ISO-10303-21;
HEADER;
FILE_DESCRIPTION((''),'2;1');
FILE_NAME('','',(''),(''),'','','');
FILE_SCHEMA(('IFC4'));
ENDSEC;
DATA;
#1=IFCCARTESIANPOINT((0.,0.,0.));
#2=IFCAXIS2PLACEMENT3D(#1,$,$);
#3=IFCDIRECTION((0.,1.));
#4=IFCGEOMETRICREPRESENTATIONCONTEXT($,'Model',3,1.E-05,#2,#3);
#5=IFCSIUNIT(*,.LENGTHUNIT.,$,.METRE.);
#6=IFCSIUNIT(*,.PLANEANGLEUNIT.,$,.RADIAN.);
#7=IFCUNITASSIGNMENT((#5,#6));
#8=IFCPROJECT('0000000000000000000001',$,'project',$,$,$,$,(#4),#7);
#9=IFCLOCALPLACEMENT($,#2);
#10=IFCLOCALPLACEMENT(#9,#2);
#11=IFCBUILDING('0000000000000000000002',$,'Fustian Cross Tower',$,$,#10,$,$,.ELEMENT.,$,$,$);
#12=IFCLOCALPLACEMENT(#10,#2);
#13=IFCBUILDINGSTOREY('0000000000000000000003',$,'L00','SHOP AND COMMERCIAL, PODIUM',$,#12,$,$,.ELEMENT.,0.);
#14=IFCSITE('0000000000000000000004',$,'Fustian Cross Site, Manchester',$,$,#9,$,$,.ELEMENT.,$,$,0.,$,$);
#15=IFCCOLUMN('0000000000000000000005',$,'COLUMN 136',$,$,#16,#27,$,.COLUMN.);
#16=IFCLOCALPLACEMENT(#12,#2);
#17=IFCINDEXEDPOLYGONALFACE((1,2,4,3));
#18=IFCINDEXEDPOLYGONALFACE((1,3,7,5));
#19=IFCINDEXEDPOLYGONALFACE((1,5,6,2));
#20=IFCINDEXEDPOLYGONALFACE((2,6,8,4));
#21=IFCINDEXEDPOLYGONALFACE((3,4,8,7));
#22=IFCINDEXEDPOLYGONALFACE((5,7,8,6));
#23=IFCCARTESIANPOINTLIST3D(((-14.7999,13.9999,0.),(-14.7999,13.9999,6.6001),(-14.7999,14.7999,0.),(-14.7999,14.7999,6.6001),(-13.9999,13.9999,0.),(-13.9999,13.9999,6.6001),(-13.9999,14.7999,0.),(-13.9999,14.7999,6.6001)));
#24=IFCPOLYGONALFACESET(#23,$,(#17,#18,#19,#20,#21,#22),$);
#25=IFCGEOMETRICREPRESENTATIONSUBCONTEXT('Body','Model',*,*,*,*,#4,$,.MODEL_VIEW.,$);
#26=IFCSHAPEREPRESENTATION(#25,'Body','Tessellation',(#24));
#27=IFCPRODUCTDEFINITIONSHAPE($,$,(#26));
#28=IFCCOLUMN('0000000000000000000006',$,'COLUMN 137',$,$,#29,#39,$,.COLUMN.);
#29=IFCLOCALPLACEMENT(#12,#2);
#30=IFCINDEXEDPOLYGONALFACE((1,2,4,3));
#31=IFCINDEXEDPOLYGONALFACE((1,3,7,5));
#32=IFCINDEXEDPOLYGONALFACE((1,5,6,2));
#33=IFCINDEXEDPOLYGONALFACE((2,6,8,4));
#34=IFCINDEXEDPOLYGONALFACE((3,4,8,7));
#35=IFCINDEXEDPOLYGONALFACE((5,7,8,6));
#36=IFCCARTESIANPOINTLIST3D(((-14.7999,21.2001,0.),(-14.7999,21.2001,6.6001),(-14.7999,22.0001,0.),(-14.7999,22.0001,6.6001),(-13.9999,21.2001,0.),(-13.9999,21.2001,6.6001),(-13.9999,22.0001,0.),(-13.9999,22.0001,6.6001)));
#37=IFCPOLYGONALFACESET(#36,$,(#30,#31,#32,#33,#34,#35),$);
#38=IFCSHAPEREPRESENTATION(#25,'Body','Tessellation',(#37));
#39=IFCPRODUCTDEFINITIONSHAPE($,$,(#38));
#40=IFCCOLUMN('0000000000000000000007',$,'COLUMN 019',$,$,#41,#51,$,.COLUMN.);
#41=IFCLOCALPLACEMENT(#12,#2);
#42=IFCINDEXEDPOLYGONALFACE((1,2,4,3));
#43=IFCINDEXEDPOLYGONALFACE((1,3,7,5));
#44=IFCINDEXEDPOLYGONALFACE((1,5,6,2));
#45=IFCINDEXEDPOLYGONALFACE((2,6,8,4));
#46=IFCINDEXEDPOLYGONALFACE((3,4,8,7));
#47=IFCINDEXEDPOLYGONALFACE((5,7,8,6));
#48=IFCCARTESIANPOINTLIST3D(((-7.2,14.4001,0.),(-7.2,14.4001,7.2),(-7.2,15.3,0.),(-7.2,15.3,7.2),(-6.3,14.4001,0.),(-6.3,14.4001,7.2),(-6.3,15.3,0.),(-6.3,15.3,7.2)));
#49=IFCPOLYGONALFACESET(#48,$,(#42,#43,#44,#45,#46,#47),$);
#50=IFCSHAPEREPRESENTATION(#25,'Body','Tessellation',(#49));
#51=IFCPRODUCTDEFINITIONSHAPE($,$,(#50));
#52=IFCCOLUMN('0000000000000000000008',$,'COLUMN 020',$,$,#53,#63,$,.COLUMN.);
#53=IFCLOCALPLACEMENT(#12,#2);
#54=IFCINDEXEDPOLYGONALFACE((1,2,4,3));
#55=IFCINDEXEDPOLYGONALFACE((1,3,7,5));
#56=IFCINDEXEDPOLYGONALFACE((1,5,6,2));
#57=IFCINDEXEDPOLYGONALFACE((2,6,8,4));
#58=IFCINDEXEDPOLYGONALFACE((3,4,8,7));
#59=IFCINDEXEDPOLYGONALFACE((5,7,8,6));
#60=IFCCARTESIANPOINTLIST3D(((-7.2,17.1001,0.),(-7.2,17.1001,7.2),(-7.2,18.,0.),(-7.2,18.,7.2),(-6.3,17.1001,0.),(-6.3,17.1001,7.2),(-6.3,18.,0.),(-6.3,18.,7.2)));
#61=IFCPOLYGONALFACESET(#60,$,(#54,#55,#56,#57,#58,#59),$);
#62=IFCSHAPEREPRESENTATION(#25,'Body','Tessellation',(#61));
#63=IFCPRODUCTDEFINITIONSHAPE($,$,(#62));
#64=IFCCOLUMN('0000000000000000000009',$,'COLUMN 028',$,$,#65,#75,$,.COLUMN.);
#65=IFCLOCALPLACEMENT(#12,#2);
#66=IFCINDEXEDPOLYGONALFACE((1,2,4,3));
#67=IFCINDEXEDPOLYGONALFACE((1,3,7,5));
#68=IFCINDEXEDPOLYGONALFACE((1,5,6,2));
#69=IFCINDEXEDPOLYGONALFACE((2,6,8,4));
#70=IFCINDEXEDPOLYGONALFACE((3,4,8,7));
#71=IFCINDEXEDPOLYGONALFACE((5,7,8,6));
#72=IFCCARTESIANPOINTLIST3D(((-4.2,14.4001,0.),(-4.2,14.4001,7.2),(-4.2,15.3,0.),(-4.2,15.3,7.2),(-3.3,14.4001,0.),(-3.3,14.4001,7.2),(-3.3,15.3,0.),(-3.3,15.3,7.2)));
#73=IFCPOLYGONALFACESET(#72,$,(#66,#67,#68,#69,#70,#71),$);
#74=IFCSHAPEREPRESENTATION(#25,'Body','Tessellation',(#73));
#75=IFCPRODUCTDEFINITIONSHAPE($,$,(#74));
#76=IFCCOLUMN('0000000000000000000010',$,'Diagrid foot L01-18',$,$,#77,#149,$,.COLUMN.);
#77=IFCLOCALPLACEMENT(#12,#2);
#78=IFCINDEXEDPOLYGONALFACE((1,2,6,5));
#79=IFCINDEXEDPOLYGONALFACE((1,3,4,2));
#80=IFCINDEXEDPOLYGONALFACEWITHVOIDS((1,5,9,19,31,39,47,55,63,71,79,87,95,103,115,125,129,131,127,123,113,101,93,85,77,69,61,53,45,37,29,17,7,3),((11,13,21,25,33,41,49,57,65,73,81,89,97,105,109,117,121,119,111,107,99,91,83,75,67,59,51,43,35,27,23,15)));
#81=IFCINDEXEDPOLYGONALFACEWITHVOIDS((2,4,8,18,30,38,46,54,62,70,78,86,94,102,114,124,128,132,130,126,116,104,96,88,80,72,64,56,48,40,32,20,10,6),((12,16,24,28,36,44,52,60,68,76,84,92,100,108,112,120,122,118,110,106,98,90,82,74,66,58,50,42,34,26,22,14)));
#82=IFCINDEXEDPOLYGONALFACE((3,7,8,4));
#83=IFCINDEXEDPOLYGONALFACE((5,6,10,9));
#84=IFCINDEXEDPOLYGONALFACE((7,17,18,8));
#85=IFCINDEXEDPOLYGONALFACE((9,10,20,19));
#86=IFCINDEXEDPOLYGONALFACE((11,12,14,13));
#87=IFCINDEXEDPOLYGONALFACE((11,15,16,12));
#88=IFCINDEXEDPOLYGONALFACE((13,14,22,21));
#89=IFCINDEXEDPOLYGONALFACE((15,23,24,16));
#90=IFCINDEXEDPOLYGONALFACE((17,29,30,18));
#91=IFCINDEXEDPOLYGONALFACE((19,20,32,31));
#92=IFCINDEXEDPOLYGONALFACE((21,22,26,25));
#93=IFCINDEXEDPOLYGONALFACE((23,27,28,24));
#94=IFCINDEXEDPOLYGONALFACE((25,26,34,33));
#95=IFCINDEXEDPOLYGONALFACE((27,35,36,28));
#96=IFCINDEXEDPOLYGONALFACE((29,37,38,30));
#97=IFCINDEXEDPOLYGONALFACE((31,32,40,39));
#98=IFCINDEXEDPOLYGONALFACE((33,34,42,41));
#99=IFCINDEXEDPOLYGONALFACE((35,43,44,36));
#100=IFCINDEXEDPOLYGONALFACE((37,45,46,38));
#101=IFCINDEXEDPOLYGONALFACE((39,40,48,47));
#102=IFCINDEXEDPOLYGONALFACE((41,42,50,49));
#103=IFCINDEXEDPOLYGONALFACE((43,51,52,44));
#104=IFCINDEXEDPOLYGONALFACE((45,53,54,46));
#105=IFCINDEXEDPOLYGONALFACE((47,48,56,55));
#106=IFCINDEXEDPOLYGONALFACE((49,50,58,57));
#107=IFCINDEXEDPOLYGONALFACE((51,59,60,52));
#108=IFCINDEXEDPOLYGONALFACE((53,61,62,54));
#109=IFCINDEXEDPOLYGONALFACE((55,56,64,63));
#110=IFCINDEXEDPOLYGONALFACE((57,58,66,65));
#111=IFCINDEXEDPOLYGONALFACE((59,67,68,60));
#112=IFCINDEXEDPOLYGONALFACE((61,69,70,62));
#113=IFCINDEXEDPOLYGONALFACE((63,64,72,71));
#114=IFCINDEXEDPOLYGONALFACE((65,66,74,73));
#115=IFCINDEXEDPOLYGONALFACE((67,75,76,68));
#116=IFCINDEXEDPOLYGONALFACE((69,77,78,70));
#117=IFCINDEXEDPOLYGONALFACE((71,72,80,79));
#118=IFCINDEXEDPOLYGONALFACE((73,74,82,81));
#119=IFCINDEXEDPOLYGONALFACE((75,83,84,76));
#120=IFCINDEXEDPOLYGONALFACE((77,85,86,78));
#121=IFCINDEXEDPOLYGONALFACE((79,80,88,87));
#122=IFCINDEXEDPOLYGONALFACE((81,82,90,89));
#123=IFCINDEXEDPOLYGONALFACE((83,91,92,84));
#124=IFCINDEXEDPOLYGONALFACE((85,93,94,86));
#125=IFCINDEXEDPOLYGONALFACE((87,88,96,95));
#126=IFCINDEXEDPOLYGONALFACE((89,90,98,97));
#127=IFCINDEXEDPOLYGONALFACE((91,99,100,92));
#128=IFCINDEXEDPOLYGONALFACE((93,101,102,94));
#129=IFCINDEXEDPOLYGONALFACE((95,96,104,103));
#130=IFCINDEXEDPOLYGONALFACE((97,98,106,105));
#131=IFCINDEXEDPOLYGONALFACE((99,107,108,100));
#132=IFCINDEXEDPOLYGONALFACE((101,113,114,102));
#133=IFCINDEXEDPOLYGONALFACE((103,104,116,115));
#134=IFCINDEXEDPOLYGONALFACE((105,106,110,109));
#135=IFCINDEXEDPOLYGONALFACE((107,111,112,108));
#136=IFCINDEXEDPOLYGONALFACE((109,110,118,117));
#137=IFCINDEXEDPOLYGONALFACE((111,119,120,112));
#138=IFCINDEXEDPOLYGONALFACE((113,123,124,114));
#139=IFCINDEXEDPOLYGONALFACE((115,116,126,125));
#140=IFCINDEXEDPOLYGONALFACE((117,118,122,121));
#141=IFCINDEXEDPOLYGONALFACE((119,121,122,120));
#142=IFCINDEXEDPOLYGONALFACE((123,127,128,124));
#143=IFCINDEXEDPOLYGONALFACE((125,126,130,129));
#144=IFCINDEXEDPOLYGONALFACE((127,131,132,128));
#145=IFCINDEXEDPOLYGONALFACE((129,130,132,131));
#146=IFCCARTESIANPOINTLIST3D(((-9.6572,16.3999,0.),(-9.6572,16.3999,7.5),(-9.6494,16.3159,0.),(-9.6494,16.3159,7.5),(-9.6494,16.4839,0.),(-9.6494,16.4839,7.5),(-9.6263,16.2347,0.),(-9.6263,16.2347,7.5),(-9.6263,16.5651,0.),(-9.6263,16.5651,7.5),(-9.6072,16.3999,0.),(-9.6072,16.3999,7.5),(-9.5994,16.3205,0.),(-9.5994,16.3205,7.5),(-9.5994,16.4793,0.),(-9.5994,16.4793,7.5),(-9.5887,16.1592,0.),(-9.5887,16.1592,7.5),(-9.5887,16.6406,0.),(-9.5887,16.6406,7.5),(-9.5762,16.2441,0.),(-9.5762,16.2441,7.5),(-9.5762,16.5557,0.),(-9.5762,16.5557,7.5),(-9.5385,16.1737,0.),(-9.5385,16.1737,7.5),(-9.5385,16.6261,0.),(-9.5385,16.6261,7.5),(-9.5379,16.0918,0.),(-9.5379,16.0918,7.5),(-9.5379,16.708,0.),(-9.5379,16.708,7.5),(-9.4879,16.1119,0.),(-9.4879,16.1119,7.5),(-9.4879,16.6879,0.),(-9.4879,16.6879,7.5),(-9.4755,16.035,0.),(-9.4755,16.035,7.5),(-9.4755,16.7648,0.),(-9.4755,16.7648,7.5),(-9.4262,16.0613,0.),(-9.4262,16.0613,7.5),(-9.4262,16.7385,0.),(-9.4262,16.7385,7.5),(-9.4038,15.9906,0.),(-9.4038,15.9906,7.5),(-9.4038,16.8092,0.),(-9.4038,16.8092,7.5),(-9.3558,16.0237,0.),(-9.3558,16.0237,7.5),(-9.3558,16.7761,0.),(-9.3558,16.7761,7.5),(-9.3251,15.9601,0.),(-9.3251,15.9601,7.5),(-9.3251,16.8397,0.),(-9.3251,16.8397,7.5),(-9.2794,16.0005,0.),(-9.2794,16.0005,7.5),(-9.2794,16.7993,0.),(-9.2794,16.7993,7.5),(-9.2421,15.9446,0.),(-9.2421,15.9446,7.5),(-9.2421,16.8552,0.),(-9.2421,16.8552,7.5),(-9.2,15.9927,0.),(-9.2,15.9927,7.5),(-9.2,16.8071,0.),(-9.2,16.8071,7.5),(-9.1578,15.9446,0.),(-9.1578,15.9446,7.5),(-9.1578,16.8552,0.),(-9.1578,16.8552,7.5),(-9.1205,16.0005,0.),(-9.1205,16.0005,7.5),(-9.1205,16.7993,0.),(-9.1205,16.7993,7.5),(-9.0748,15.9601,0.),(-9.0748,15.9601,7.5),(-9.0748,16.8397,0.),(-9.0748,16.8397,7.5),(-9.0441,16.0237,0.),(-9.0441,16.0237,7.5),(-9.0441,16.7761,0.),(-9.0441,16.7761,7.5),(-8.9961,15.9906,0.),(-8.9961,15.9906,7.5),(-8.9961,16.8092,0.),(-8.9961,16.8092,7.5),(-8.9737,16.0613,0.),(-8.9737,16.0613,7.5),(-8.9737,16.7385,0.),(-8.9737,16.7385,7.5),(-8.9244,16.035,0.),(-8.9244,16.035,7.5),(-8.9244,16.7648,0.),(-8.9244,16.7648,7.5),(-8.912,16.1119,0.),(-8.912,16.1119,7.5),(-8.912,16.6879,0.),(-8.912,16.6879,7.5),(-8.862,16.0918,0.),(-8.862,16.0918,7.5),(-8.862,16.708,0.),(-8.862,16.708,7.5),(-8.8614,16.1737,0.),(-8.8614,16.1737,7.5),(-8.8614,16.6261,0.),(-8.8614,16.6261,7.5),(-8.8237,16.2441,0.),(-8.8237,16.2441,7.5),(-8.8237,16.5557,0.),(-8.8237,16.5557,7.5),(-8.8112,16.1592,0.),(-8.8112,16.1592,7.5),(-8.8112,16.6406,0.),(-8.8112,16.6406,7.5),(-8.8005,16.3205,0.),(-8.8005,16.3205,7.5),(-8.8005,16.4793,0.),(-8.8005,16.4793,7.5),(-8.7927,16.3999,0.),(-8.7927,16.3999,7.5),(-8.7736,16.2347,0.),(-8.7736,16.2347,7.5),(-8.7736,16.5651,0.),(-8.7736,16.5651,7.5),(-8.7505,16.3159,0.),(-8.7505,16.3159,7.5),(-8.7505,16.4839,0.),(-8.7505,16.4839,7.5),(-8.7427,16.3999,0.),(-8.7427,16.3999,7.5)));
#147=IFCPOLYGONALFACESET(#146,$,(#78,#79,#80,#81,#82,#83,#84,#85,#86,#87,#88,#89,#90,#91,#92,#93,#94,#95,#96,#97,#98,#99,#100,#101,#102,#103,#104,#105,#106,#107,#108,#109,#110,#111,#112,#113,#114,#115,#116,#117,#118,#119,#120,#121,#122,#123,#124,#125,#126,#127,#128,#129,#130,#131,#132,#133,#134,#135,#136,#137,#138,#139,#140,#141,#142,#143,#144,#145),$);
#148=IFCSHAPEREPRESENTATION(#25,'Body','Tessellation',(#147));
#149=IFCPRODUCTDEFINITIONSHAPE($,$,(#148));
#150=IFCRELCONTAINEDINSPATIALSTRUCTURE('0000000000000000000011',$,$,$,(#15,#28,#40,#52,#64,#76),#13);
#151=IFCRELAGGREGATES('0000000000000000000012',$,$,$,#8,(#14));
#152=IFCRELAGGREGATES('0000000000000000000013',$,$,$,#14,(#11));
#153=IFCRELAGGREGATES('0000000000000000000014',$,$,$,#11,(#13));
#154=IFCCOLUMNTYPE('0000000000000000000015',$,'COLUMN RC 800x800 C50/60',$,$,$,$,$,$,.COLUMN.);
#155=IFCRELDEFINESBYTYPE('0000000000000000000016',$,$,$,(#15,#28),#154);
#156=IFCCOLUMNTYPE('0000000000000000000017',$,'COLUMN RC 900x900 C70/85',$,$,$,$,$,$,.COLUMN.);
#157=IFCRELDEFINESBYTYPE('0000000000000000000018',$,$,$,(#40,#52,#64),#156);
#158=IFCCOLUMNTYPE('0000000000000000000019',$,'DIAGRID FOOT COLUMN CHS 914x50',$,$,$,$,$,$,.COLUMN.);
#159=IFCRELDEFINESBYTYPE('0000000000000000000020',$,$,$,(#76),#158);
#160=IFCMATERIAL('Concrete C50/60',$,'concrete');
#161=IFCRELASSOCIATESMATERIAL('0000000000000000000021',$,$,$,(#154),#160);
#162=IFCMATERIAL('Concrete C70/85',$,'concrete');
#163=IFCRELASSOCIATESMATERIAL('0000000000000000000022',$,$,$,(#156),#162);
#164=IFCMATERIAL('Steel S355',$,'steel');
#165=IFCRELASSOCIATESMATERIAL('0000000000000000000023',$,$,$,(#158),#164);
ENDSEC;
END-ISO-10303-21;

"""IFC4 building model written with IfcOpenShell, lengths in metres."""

from ifc_helpers import new_model, si_unit, direction, frame, origin, origin_2d, place, context, subcontext, project, spatial, rectangle, hollow_circle, extrude, material, material_profile, profile_set, type_object, element, save


model = new_model("IFC4")

# Units and contexts
model_context = context("Model", 3, precision=1e-05, world=origin(), true_north=direction((0.0, 1.0)))
body_context = subcontext(model_context, "Body", "Model", "MODEL_VIEW")
ifc_project = project(units=[si_unit("LENGTHUNIT", "METRE"), si_unit("PLANEANGLEUNIT", "RADIAN")], contexts=[model_context])

# Site, building, storey
site_placement = place(None, origin())
site = spatial("IfcSite", under=ifc_project, at=site_placement, Name="Fustian Cross Site, Manchester", CompositionType="ELEMENT", RefElevation=0.0)
building_placement = place(site_placement, origin())
building = spatial("IfcBuilding", under=site, at=building_placement, Name="Fustian Cross Tower", CompositionType="ELEMENT")
storey_placement = place(building_placement, origin())
storey = spatial("IfcBuildingStorey", under=building, at=storey_placement, Name="L00", Description="SHOP AND COMMERCIAL, PODIUM", CompositionType="ELEMENT", Elevation=0.0)

# Columns
ifc_material_1 = material(Name="Concrete C50/60", Category="concrete")
ifc_material_profile_1 = material_profile(ifc_material_1, rectangle(XDim=0.8, YDim=0.8, at=origin_2d()), Name="RC 800x800")
ifc_profile_set_1 = profile_set([ifc_material_profile_1], Name="Concrete C50/60")
column_type_1 = type_object("IfcColumnType", Name="COLUMN RC 800x800 C50/60", PredefinedType="COLUMN", material=ifc_profile_set_1)
for number, where, z_axis, x_axis, name in (
    (1, (-14.3999, 14.3999, 0.0), (0.0, 0.0, 1.0), (1.0, 0.0, 0.0), "COLUMN 136"),
    (2, (-14.3999, 21.6001, 0.0), (0.0, 0.0, 1.0), (1.0, 0.0, 0.0), "COLUMN 137"),
):
    element("IfcColumn", number, at=place(storey_placement, frame(where, z_axis=z_axis, x_axis=x_axis)), inside=storey, type_object=column_type_1, Name=name, PredefinedType="COLUMN", context=body_context, shape_type="SweptSolid", body=[
        extrude(rectangle(XDim=0.8, YDim=0.8, at=origin_2d()), origin(), (0.0, 0.0, 1.0), 6.6001),
    ])
ifc_material_2 = material(Name="Concrete C70/85", Category="concrete")
ifc_material_profile_2 = material_profile(ifc_material_2, rectangle(XDim=0.8999, YDim=0.8999, at=origin_2d()), Name="RC 900x900")
ifc_profile_set_2 = profile_set([ifc_material_profile_2], Name="Concrete C70/85")
column_type_2 = type_object("IfcColumnType", Name="COLUMN RC 900x900 C70/85", PredefinedType="COLUMN", material=ifc_profile_set_2)
for number, where, z_axis, x_axis, name in (
    (3, (-6.75, 14.8501, 0.0), (0.0, 0.0, 1.0), (1.0, 0.0, 0.0), "COLUMN 019"),
    (4, (-6.75, 17.55, 0.0), (0.0, 0.0, 1.0), (1.0, 0.0, 0.0), "COLUMN 020"),
    (5, (-3.75, 14.8501, 0.0), (0.0, 0.0, 1.0), (1.0, 0.0, 0.0), "COLUMN 028"),
):
    element("IfcColumn", number, at=place(storey_placement, frame(where, z_axis=z_axis, x_axis=x_axis)), inside=storey, type_object=column_type_2, Name=name, PredefinedType="COLUMN", context=body_context, shape_type="SweptSolid", body=[
        extrude(rectangle(XDim=0.8999, YDim=0.8999, at=origin_2d()), origin(), (0.0, 0.0, 1.0), 7.2),
    ])
ifc_material_3 = material(Name="Steel S355", Category="steel")
ifc_material_profile_3 = material_profile(ifc_material_3, hollow_circle(Radius=0.4573, WallThickness=0.05, at=origin_2d()), Name="CHS 914x50")
ifc_profile_set_3 = profile_set([ifc_material_profile_3], Name="Steel S355")
column_type_3 = type_object("IfcColumnType", Name="DIAGRID FOOT COLUMN CHS 914x50", PredefinedType="COLUMN", material=ifc_profile_set_3)
for number, where, z_axis, x_axis, name in (
    (6, (-9.2, 16.3999, 0.0), (0.0, 0.0, 1.0), (1.0, 0.0, 0.0), "Diagrid foot L01-18"),
):
    element("IfcColumn", number, at=place(storey_placement, frame(where, z_axis=z_axis, x_axis=x_axis)), inside=storey, type_object=column_type_3, Name=name, PredefinedType="COLUMN", context=body_context, shape_type="SweptSolid", body=[
        extrude(hollow_circle(Radius=0.4573, WallThickness=0.05, at=origin_2d()), origin(), (0.0, 0.0, 1.0), 7.5),
    ])

save(model, "model.ifc")
